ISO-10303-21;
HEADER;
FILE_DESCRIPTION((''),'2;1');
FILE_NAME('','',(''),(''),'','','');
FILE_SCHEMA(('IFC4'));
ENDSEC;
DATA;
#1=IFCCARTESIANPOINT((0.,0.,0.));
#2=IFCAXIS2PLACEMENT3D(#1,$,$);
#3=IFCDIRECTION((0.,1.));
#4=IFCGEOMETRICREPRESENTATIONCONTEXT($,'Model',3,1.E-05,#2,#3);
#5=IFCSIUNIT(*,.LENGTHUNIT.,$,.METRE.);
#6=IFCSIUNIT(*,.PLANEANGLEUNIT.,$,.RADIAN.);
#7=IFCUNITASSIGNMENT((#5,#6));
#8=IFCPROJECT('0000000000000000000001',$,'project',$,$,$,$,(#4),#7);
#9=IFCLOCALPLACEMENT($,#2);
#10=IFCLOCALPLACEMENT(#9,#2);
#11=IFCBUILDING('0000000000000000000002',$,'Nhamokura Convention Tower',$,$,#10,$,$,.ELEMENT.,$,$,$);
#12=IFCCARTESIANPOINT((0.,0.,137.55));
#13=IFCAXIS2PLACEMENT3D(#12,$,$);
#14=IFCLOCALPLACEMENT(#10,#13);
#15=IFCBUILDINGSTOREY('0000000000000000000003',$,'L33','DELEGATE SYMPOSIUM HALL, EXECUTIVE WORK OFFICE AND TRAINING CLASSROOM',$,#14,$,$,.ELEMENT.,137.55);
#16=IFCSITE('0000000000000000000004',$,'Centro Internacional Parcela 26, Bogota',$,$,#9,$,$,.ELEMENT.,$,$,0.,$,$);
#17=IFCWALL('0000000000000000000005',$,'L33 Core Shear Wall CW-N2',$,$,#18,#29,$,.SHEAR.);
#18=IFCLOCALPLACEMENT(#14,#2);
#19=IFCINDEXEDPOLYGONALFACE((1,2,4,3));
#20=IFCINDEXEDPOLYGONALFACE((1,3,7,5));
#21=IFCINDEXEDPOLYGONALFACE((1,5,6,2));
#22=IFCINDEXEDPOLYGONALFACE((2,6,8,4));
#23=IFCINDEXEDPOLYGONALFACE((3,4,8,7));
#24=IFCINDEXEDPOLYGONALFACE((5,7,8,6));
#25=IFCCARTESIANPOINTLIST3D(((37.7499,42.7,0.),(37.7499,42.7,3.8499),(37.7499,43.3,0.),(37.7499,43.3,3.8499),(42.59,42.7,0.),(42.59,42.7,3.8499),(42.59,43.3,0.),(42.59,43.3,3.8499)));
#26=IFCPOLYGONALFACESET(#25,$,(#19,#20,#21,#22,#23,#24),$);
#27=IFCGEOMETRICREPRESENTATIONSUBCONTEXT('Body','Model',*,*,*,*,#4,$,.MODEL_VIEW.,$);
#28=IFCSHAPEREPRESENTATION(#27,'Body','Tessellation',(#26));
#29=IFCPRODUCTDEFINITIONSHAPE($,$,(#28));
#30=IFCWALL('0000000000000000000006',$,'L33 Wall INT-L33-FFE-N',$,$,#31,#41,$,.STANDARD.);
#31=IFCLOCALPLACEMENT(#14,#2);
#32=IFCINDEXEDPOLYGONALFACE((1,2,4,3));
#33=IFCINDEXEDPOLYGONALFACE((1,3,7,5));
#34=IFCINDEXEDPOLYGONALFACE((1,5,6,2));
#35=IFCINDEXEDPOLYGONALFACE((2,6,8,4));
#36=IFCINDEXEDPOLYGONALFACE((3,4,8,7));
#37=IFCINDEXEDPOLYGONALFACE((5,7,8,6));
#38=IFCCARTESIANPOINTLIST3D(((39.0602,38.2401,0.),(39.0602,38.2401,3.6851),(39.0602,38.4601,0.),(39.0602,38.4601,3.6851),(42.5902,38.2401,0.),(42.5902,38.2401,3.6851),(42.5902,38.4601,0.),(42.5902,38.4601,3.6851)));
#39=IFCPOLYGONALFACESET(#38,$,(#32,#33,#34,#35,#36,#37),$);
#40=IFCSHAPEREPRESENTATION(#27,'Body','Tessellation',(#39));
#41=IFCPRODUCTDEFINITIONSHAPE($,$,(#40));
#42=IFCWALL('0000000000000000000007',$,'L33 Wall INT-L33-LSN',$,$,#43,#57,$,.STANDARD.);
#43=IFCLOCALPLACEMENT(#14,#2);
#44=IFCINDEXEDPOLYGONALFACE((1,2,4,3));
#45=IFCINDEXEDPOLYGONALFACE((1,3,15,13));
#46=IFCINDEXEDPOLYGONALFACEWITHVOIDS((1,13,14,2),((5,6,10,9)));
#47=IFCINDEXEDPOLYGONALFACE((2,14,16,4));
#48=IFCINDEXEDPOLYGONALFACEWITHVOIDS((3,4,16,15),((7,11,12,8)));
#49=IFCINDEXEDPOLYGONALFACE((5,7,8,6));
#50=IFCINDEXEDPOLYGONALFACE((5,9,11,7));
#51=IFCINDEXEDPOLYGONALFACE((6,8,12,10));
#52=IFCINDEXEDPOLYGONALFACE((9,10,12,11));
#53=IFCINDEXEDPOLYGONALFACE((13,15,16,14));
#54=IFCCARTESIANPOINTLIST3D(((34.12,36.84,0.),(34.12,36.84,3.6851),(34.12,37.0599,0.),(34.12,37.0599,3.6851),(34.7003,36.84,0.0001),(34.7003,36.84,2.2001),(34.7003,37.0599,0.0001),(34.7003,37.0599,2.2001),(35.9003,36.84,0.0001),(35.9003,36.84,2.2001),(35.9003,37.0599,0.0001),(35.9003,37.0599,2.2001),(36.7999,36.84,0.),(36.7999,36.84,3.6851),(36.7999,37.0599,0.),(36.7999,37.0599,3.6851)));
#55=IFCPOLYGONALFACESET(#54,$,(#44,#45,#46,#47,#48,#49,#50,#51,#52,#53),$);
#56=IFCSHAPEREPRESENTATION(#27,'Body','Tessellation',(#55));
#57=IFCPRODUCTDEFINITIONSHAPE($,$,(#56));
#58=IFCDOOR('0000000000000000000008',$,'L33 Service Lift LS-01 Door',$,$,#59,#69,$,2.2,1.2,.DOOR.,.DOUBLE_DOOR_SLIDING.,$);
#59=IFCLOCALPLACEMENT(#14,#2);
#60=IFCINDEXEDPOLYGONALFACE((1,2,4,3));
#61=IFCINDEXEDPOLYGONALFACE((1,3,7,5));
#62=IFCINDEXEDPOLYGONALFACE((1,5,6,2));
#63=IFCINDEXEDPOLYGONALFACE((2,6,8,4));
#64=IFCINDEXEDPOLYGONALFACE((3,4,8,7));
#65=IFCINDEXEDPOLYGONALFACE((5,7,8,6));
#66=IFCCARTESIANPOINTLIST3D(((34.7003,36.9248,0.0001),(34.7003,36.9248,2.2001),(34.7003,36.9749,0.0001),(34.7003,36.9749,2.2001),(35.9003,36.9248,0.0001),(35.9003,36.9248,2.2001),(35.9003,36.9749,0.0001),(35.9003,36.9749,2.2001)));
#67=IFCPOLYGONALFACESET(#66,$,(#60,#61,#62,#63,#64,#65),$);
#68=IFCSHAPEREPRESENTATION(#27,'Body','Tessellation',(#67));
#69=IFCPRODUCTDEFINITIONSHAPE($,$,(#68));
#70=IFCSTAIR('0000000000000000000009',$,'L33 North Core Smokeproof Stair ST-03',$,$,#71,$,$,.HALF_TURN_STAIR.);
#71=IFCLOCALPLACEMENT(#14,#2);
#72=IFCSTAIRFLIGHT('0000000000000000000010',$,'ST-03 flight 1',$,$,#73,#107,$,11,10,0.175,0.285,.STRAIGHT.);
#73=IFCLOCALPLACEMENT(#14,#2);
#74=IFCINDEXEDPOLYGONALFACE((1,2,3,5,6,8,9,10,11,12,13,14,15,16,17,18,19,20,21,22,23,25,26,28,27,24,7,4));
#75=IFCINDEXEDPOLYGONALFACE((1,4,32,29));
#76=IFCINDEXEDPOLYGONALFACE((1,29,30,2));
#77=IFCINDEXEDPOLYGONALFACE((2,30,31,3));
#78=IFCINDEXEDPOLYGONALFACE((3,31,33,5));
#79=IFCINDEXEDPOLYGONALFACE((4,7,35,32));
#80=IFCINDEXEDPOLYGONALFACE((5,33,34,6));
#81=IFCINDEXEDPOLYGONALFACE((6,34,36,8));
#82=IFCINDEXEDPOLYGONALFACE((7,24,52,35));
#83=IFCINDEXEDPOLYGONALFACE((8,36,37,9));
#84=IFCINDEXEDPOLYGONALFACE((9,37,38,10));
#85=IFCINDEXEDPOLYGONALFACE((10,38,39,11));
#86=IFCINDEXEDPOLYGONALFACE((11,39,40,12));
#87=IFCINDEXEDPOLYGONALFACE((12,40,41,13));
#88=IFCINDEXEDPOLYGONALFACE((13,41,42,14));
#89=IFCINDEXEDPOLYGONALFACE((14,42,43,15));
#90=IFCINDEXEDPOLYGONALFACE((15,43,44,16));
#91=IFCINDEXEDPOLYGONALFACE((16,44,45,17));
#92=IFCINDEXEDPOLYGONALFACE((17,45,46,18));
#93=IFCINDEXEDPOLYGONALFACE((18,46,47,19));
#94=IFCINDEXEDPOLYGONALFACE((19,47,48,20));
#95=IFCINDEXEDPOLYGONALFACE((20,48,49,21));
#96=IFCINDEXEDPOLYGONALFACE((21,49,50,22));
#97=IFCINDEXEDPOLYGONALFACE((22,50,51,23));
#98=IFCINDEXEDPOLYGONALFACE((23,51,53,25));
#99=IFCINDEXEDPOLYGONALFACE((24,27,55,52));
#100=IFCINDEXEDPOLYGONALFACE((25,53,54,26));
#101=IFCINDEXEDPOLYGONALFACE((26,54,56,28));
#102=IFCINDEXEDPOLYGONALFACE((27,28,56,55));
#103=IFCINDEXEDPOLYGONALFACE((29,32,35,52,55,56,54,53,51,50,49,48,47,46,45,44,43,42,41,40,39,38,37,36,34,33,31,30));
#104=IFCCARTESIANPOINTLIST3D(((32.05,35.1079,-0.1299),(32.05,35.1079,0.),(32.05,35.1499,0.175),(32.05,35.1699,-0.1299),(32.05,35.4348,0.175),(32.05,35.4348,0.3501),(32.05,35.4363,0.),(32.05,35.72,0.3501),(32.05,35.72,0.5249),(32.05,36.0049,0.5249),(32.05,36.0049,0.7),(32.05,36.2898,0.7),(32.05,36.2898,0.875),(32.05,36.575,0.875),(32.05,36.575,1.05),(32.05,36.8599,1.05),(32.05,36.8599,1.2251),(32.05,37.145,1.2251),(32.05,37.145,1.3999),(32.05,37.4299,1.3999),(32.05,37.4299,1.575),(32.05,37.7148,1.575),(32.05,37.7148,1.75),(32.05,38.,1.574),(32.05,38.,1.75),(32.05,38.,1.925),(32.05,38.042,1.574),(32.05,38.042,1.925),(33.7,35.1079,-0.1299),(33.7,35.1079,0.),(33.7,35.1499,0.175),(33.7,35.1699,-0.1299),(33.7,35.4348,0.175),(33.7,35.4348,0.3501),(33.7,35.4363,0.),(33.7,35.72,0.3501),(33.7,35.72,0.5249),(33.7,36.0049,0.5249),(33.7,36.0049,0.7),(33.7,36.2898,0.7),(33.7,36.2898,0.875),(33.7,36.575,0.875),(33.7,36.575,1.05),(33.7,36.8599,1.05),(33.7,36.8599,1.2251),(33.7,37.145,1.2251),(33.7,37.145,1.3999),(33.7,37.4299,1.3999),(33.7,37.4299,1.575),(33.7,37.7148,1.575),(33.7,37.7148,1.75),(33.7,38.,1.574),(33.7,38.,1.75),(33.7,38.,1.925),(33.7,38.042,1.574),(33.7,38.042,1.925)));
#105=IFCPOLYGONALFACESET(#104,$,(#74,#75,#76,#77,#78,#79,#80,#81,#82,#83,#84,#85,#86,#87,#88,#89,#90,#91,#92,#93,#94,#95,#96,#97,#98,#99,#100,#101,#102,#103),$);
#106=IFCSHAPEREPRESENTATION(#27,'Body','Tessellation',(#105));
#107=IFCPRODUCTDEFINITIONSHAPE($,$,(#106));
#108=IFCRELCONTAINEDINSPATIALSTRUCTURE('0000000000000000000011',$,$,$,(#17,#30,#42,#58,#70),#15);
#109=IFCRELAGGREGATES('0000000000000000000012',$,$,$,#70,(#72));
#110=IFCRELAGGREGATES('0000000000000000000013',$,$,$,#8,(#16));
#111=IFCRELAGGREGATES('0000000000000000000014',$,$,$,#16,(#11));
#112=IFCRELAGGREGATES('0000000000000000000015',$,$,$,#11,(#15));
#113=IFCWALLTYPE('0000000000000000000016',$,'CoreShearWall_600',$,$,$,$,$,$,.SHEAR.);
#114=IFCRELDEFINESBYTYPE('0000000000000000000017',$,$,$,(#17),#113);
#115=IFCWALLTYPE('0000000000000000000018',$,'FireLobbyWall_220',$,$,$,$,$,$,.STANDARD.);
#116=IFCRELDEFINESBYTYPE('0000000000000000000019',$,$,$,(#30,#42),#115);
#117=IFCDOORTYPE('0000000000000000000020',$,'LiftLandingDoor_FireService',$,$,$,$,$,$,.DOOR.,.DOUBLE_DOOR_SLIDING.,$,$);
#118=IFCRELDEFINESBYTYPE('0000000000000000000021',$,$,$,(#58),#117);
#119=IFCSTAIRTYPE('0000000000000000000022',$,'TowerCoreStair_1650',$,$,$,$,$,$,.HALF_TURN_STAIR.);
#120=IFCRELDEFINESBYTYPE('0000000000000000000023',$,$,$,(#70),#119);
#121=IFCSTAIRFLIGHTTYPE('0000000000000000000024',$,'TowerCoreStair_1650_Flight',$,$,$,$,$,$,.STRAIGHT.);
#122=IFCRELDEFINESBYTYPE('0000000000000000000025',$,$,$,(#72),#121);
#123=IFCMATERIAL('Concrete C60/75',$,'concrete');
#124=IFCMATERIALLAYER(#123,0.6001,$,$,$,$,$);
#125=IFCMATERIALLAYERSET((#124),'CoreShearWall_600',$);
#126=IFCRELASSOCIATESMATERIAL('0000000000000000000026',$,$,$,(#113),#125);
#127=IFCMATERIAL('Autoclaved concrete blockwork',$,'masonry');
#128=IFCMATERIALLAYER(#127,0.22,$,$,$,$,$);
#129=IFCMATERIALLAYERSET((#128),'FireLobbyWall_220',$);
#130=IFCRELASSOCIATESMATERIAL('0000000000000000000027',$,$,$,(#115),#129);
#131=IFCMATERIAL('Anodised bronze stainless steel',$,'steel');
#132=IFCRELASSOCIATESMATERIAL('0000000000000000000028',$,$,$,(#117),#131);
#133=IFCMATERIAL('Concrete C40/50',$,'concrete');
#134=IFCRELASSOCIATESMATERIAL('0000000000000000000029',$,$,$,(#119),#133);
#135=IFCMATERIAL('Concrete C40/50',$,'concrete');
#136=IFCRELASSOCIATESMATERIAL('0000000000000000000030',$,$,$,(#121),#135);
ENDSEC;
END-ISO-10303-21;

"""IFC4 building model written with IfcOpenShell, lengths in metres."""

from ifc_helpers import new_model, si_unit, direction, frame, frame_2d, origin, place, context, subcontext, project, spatial, polyline, rectangle, outline, extrude, material, layer, layer_set, type_object, element, fill, aggregate, save


model = new_model("IFC4")

# Units and contexts
model_context = context("Model", 3, precision=1e-05, world=origin(), true_north=direction((0.0, 1.0)))
body_context = subcontext(model_context, "Body", "Model", "MODEL_VIEW")
ifc_project = project(units=[si_unit("LENGTHUNIT", "METRE"), si_unit("PLANEANGLEUNIT", "RADIAN")], contexts=[model_context])

# Site, building, storey
site_placement = place(None, origin())
site = spatial("IfcSite", under=ifc_project, at=site_placement, Name="Centro Internacional Parcela 26, Bogota", CompositionType="ELEMENT", RefElevation=0.0)
building_placement = place(site_placement, origin())
building = spatial("IfcBuilding", under=site, at=building_placement, Name="Nhamokura Convention Tower", CompositionType="ELEMENT")
storey_placement = place(building_placement, frame((0.0, 0.0, 137.55)))
storey = spatial("IfcBuildingStorey", under=building, at=storey_placement, Name="L33", Description="DELEGATE SYMPOSIUM HALL, EXECUTIVE WORK OFFICE AND TRAINING CLASSROOM", CompositionType="ELEMENT", Elevation=137.55)

# Walls
ifc_material_1 = material(Name="Concrete C60/75", Category="concrete")
ifc_layer_1 = layer(ifc_material_1, 0.6001)
ifc_layer_set_1 = layer_set([ifc_layer_1], Name="CoreShearWall_600")
wall_type_1 = type_object("IfcWallType", Name="CoreShearWall_600", PredefinedType="SHEAR", material=ifc_layer_set_1)
wall_1_placement = place(storey_placement, frame((37.75, 43.0, 0.0), z_axis=(0.0, 0.0, 1.0), x_axis=(1.0, 0.0, 0.0)))
element("IfcWall", 1, at=wall_1_placement, inside=storey, type_object=wall_type_1, Name="L33 Core Shear Wall CW-N2", PredefinedType="SHEAR", context=body_context, shape_type="SweptSolid", body=[
    extrude(rectangle(XDim=4.8401, YDim=0.6001, at=frame_2d((2.4199, 0.0))), origin(), (0.0, 0.0, 1.0), 3.8499),
])
ifc_material_2 = material(Name="Autoclaved concrete blockwork", Category="masonry")
ifc_layer_2 = layer(ifc_material_2, 0.22)
ifc_layer_set_2 = layer_set([ifc_layer_2], Name="FireLobbyWall_220")
wall_type_2 = type_object("IfcWallType", Name="FireLobbyWall_220", PredefinedType="STANDARD", material=ifc_layer_set_2)
wall_2_placement = place(storey_placement, frame((39.0601, 38.3501, 0.0), z_axis=(0.0, 0.0, 1.0), x_axis=(1.0, 0.0, 0.0)))
element("IfcWall", 2, at=wall_2_placement, inside=storey, type_object=wall_type_2, Name="L33 Wall INT-L33-FFE-N", PredefinedType="STANDARD", context=body_context, shape_type="SweptSolid", body=[
    extrude(rectangle(XDim=3.53, YDim=0.22, at=frame_2d((1.7651, 0.0))), origin(), (0.0, 0.0, 1.0), 3.6851),
])

# Wall, opening, door
wall_3_placement = place(storey_placement, frame((34.1201, 36.95, 0.0), z_axis=(0.0, 0.0, 1.0), x_axis=(1.0, 0.0, 0.0)))
wall_3 = element("IfcWall", 3, at=wall_3_placement, inside=storey, type_object=wall_type_2, Name="L33 Wall INT-L33-LSN", PredefinedType="STANDARD", context=body_context, shape_type="SweptSolid", body=[
    extrude(rectangle(XDim=2.6799, YDim=0.22, at=frame_2d((1.3398, 0.0))), origin(), (0.0, 0.0, 1.0), 3.6851),
])
opening_placement = place(wall_3_placement, frame((0.5801, 0.0, 0.0)))
opening = element("IfcOpeningElement", 4, at=opening_placement, cuts=wall_3, PredefinedType="OPENING", context=body_context, shape_type="SweptSolid", body=[
    extrude(rectangle(XDim=1.2, YDim=2.2, at=frame_2d((0.6001, 1.1001))), frame((0.0, 0.1199, 0.0), z_axis=(0.0, -1.0, 0.0), x_axis=(1.0, 0.0, 0.0)), (0.0, 0.0, 1.0), 0.24),
])
ifc_material_3 = material(Name="Anodised bronze stainless steel", Category="steel")
door_type = type_object("IfcDoorType", Name="LiftLandingDoor_FireService", OperationType="DOUBLE_DOOR_SLIDING", PredefinedType="DOOR", material=ifc_material_3)
door_placement = place(opening_placement, origin())
door = element("IfcDoor", 5, at=door_placement, inside=storey, type_object=door_type, Name="L33 Service Lift LS-01 Door", OperationType="DOUBLE_DOOR_SLIDING", OverallHeight=2.2, OverallWidth=1.2, PredefinedType="DOOR", context=body_context, shape_type="SweptSolid", body=[
    extrude(rectangle(XDim=1.2, YDim=2.2, at=frame_2d((0.6001, 1.1001))), frame((0.0, 0.0249, 0.0), z_axis=(0.0, -1.0, 0.0), x_axis=(1.0, 0.0, 0.0)), (0.0, 0.0, 1.0), 0.05),
])
fill(opening, door)

# Stair, stair flight
ifc_material_4 = material(Name="Concrete C40/50", Category="concrete")
stair_type = type_object("IfcStairType", Name="TowerCoreStair_1650", PredefinedType="HALF_TURN_STAIR", material=ifc_material_4)
stair_placement = place(storey_placement, origin())
stair = element("IfcStair", 6, at=stair_placement, inside=storey, type_object=stair_type, Name="L33 North Core Smokeproof Stair ST-03", PredefinedType="HALF_TURN_STAIR")
ifc_material_5 = material(Name="Concrete C40/50", Category="concrete")
stair_flight_type = type_object("IfcStairFlightType", Name="TowerCoreStair_1650_Flight", PredefinedType="STRAIGHT", material=ifc_material_5)
stair_flight_placement = place(storey_placement, frame((32.875, 35.1499, 0.0), z_axis=(0.0, 0.0, 1.0), x_axis=(0.0, 1.0, 0.0)))
stair_flight = element("IfcStairFlight", 7, at=stair_flight_placement, type_object=stair_flight_type, Name="ST-03 flight 1", NumberOfRisers=11, NumberOfTreads=10, PredefinedType="STRAIGHT", RiserHeight=0.175, TreadLength=0.285, context=body_context, shape_type="SweptSolid", body=[
    extrude(outline(polyline([(-0.042, 0.0), (0.0, 0.175), (0.2849, 0.175), (0.2849, 0.3501), (0.5701, 0.3501), (0.5701, 0.5249), (0.855, 0.5249), (0.855, 0.7), (1.1399, 0.7), (1.1399, 0.875), (1.425, 0.875), (1.425, 1.05), (1.71, 1.05), (1.71, 1.2251), (1.9951, 1.2251), (1.9951, 1.3999), (2.28, 1.3999), (2.28, 1.575), (2.5649, 1.575), (2.5649, 1.75), (2.8501, 1.75), (2.8501, 1.925), (2.8921, 1.925), (2.8921, 1.574), (2.8501, 1.574), (0.2864, 0.0), (0.02, -0.1299), (-0.042, -0.1299), (-0.042, 0.0)])), frame((0.0, 0.825, 0.0), z_axis=(0.0, -1.0, 0.0), x_axis=(1.0, 0.0, 0.0)), (0.0, 0.0, 1.0), 1.6499),
])
aggregate(stair, [stair_flight])

save(model, "model.ifc")
